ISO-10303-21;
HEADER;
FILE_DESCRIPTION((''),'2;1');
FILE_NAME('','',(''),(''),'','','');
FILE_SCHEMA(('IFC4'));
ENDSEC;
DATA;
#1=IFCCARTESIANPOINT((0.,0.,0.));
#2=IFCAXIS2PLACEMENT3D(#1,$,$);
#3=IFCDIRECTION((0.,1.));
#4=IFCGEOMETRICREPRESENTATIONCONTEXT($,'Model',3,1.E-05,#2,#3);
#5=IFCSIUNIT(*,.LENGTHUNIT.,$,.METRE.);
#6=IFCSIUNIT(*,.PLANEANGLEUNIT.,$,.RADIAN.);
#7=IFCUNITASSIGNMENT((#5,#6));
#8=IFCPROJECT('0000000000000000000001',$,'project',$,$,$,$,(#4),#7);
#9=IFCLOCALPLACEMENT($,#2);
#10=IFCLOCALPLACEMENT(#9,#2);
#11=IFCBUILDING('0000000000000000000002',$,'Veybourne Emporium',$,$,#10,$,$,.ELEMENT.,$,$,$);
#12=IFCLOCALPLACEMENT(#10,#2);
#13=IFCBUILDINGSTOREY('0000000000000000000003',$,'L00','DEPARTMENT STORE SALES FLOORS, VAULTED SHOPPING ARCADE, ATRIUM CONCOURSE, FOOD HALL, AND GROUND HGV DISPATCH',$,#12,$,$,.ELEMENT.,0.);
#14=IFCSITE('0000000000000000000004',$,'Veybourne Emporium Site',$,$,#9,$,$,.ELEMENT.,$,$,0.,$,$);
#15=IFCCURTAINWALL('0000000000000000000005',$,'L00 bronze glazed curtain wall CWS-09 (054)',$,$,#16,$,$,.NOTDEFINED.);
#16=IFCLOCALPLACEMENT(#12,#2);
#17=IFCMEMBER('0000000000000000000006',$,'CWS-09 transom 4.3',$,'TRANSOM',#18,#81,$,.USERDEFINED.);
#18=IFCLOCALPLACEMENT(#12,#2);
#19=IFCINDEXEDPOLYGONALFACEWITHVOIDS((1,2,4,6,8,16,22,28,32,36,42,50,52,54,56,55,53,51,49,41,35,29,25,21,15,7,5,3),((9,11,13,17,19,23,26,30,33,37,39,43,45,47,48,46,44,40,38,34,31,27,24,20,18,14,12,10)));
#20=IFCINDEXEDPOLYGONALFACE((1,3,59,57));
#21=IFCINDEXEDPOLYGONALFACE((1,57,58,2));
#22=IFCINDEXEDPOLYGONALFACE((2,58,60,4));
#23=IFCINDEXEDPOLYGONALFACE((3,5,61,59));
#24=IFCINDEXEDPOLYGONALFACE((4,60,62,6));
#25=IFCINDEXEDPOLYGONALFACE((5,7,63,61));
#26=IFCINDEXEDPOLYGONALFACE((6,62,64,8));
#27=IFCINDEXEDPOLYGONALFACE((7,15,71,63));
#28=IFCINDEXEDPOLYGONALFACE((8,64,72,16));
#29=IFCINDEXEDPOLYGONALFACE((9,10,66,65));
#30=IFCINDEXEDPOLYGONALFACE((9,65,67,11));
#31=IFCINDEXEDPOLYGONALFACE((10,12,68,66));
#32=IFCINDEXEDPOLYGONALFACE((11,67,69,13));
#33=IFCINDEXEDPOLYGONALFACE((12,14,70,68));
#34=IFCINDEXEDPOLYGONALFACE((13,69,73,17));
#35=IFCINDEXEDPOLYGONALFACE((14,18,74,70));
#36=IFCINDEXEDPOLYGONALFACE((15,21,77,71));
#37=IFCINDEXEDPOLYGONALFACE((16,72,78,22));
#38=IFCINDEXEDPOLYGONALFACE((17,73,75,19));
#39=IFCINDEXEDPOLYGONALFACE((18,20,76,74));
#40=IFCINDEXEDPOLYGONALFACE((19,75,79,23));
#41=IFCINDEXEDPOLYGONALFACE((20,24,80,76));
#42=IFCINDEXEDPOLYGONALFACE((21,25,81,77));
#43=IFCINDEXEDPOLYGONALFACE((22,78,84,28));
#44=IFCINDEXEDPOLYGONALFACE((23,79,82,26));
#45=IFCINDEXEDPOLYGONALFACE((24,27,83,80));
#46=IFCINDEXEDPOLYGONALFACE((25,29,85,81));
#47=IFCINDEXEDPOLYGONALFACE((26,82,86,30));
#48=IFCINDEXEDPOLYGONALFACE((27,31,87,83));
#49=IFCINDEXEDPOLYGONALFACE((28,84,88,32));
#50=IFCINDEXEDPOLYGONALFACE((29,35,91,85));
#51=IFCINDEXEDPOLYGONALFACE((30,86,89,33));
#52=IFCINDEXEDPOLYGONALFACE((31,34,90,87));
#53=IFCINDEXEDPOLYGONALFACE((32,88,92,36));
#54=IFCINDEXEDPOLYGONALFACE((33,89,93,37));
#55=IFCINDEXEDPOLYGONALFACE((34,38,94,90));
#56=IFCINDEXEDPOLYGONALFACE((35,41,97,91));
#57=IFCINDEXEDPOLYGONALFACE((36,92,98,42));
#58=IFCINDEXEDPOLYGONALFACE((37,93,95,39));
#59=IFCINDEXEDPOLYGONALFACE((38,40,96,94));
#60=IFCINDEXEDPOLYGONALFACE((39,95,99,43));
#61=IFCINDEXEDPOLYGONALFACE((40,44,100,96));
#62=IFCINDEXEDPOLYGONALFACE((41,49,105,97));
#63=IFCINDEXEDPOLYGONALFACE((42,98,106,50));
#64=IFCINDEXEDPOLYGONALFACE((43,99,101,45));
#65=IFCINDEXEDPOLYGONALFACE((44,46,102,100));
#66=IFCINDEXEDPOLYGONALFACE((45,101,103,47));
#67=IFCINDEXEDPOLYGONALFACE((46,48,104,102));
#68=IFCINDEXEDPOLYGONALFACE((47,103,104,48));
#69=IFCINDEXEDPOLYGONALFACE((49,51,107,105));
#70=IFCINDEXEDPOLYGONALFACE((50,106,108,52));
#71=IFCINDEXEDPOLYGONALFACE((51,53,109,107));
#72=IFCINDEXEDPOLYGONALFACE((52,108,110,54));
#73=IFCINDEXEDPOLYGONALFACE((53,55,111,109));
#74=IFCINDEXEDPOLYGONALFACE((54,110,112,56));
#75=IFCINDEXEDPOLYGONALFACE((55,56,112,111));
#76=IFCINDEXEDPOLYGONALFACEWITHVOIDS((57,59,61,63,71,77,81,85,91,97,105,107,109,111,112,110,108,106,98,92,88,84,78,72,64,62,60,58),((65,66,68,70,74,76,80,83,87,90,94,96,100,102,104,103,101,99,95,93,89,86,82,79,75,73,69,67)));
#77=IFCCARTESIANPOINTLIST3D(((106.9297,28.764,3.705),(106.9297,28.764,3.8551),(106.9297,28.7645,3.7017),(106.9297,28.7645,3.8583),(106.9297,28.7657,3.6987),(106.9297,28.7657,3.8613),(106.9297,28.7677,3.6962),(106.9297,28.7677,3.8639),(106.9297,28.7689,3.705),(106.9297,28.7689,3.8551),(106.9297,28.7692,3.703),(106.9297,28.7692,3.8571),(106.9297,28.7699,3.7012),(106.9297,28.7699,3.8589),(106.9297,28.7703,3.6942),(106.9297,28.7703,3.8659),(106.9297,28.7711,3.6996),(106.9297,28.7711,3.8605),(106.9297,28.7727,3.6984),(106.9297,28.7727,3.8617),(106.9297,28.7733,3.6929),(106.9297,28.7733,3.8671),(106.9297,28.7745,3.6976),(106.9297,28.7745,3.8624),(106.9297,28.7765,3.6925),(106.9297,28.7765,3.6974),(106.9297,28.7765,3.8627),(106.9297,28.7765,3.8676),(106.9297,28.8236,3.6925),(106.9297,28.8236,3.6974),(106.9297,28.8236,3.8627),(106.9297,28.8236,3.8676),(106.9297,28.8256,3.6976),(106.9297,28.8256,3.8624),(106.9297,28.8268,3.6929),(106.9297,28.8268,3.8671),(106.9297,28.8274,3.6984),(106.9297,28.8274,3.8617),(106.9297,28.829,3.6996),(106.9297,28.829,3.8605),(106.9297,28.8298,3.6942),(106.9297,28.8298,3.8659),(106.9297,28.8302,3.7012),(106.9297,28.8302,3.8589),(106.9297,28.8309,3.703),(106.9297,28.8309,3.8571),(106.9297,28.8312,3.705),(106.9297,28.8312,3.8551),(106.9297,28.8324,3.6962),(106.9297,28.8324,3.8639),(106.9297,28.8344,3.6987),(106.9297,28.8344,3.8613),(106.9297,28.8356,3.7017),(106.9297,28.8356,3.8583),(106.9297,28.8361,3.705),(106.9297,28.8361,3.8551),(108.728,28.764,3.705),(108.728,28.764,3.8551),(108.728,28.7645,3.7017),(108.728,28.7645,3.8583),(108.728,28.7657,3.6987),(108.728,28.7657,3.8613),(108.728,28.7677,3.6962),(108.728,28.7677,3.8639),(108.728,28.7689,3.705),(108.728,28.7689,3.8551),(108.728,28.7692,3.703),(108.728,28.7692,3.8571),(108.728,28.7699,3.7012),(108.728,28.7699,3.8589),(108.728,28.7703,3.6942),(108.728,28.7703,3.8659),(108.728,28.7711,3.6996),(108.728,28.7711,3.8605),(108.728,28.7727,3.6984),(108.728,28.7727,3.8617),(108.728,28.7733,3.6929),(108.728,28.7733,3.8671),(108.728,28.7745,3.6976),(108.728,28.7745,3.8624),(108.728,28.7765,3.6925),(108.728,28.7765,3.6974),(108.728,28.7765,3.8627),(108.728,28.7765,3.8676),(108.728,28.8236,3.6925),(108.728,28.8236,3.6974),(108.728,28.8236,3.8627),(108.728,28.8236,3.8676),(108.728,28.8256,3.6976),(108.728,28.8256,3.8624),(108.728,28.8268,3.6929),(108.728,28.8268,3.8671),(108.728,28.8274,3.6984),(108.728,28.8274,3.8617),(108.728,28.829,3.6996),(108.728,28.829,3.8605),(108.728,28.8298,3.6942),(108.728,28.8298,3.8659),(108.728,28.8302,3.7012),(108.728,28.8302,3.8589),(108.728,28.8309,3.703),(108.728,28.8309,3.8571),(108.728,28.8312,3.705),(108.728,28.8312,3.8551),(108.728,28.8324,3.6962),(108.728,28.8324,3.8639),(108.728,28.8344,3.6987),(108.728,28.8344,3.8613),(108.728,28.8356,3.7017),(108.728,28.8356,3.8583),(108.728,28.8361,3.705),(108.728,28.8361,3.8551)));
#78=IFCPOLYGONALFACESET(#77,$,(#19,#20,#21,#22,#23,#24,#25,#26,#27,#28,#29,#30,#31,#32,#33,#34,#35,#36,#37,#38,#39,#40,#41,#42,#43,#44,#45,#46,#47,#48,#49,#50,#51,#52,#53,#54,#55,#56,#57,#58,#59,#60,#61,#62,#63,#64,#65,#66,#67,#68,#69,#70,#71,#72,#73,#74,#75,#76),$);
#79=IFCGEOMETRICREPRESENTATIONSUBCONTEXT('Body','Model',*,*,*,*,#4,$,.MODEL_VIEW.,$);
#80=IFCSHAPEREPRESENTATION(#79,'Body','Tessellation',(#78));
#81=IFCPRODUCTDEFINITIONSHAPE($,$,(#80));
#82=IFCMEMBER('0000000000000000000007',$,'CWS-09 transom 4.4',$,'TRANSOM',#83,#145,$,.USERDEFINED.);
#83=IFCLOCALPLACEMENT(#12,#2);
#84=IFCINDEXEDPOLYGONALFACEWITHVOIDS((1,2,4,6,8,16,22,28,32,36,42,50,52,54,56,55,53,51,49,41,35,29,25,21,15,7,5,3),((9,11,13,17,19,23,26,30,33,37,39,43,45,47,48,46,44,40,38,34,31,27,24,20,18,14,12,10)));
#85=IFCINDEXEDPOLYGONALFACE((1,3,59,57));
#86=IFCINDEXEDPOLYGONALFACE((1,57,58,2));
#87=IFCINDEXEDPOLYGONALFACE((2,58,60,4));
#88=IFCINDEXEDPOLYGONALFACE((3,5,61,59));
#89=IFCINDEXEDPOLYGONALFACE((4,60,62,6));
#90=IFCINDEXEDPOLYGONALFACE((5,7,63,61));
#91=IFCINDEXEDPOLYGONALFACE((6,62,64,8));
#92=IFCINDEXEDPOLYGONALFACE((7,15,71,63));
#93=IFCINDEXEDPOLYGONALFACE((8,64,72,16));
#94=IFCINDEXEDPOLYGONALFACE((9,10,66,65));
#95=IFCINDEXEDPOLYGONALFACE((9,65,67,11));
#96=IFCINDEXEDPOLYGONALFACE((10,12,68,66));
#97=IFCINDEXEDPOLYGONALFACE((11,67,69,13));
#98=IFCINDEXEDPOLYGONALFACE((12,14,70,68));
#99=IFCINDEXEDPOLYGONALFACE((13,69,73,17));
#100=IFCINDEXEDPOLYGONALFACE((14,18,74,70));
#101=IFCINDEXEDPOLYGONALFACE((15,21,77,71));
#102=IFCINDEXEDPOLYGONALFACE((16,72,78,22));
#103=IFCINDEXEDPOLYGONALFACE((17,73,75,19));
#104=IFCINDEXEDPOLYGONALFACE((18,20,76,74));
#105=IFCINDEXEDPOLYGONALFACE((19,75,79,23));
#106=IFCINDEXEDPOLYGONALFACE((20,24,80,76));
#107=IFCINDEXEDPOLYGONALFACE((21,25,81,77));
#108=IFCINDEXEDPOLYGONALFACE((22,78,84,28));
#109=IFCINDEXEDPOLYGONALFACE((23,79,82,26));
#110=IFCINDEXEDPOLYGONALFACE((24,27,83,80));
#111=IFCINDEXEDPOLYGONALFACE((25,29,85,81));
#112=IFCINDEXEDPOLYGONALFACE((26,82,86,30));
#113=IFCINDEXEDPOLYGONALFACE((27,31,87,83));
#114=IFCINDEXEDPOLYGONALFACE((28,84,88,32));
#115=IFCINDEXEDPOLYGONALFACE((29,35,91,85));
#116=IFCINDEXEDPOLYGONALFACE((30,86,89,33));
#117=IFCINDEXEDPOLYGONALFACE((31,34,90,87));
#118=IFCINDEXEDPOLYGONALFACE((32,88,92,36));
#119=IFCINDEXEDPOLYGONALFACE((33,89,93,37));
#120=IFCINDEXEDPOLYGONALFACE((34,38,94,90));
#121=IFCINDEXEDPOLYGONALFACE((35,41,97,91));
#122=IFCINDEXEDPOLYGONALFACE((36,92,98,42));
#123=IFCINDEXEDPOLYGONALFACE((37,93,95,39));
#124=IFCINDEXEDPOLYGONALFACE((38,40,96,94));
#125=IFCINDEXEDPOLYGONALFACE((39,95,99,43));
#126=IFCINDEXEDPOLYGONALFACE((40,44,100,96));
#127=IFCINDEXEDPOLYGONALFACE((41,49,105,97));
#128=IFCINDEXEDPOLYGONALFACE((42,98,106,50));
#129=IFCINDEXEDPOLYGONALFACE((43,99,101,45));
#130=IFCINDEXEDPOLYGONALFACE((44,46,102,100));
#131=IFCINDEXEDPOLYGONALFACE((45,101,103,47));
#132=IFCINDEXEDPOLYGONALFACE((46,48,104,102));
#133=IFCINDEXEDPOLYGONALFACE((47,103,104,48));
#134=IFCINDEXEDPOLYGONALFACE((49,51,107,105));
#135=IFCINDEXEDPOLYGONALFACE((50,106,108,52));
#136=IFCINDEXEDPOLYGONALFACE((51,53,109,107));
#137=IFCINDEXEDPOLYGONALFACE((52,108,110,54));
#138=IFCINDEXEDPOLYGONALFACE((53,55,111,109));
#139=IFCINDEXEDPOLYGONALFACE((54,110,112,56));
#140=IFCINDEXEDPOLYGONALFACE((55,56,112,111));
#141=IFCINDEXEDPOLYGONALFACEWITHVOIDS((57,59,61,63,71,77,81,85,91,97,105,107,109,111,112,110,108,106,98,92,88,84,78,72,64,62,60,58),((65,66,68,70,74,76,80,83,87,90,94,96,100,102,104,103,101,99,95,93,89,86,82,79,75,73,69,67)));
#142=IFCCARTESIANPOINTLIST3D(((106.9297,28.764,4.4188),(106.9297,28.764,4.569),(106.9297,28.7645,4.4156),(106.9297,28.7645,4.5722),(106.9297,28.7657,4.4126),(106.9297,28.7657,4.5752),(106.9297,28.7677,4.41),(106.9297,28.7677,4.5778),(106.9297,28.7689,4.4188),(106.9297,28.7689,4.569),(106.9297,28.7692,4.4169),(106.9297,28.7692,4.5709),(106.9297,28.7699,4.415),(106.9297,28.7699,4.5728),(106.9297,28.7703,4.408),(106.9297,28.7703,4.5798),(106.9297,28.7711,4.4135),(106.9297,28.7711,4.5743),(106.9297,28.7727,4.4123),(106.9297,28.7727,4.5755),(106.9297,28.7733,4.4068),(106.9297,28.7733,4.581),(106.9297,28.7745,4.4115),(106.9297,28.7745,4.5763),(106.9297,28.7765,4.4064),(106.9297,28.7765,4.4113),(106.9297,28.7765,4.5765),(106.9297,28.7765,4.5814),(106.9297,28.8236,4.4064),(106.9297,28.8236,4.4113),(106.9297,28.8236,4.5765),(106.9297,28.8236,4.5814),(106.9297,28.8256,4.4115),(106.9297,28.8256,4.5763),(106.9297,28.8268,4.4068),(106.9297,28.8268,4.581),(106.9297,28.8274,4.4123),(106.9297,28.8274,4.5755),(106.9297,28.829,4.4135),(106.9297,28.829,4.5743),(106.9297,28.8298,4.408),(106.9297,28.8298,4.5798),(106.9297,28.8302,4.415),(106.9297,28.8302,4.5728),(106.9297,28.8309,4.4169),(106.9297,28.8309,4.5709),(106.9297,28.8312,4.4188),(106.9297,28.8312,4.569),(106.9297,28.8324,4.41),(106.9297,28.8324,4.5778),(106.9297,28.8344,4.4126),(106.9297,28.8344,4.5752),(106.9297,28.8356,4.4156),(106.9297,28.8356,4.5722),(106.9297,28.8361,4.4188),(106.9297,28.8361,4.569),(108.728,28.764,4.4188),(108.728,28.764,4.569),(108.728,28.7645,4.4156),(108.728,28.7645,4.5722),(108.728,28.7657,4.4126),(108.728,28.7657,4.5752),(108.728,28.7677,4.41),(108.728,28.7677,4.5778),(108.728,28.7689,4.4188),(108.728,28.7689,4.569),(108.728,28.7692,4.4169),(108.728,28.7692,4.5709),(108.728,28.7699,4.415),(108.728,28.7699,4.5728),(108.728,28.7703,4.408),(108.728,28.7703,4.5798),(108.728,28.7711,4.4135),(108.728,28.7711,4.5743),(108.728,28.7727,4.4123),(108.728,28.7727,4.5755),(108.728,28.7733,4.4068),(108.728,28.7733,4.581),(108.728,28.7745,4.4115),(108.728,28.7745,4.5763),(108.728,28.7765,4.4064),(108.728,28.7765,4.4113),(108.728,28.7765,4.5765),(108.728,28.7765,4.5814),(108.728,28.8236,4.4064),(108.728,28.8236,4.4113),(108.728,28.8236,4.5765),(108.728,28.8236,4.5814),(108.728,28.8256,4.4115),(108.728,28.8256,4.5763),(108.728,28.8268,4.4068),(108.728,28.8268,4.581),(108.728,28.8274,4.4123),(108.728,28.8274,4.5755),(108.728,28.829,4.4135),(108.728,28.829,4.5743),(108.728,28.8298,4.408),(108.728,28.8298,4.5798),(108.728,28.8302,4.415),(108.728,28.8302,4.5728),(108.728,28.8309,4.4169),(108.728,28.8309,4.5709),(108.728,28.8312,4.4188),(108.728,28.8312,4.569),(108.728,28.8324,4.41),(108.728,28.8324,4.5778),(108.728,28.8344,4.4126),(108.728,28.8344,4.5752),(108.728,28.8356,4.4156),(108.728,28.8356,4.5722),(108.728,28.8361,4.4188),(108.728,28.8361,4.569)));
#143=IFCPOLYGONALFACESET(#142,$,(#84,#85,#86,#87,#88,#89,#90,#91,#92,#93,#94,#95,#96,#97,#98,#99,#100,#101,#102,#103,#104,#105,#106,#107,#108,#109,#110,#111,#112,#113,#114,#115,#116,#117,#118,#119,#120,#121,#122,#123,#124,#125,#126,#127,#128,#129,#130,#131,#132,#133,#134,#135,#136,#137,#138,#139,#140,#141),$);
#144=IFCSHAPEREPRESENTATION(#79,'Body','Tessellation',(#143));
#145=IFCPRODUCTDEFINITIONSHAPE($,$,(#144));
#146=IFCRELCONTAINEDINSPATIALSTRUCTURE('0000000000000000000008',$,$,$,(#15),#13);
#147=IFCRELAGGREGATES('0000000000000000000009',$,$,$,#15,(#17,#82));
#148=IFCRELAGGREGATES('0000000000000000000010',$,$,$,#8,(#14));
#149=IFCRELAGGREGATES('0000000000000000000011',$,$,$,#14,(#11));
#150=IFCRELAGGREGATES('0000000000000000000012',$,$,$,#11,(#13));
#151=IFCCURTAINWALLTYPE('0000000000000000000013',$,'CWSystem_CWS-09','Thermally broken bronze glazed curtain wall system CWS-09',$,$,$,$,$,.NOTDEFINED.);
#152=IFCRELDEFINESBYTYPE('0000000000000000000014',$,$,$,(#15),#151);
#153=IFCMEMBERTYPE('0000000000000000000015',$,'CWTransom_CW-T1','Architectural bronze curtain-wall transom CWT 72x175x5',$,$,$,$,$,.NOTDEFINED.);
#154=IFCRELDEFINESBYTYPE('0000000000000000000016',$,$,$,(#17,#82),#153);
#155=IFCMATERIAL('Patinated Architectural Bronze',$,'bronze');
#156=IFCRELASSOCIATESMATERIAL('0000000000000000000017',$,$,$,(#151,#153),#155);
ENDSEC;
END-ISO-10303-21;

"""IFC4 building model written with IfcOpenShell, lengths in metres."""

from ifc_helpers import new_model, si_unit, direction, frame, origin, origin_2d, place, context, subcontext, project, spatial, hollow_rectangle, extrude, material, material_profile, profile_set, type_object, element, aggregate, save


model = new_model("IFC4")

# Units and contexts
model_context = context("Model", 3, precision=1e-05, world=origin(), true_north=direction((0.0, 1.0)))
body_context = subcontext(model_context, "Body", "Model", "MODEL_VIEW")
ifc_project = project(units=[si_unit("LENGTHUNIT", "METRE"), si_unit("PLANEANGLEUNIT", "RADIAN")], contexts=[model_context])

# Site, building, storey
site_placement = place(None, origin())
site = spatial("IfcSite", under=ifc_project, at=site_placement, Name="Veybourne Emporium Site", CompositionType="ELEMENT", RefElevation=0.0)
building_placement = place(site_placement, origin())
building = spatial("IfcBuilding", under=site, at=building_placement, Name="Veybourne Emporium", CompositionType="ELEMENT")
storey_placement = place(building_placement, origin())
storey = spatial("IfcBuildingStorey", under=building, at=storey_placement, Name="L00", Description="DEPARTMENT STORE SALES FLOORS, VAULTED SHOPPING ARCADE, ATRIUM CONCOURSE, FOOD HALL, AND GROUND HGV DISPATCH", CompositionType="ELEMENT", Elevation=0.0)

# Curtain wall
ifc_material_1 = material(Name="Patinated Architectural Bronze", Category="bronze")
curtain_wall_type_1 = type_object("IfcCurtainWallType", Name="CWSystem_CWS-09", Description="Thermally broken bronze glazed curtain wall system CWS-09", PredefinedType="NOTDEFINED", material=ifc_material_1)
curtain_wall_1_placement = place(storey_placement, origin())
curtain_wall_1 = element("IfcCurtainWall", 1, at=curtain_wall_1_placement, inside=storey, type_object=curtain_wall_type_1, Name="L00 bronze glazed curtain wall CWS-09 (054)", PredefinedType="NOTDEFINED")

# Members
ifc_material_profile_1 = material_profile(ifc_material_1, hollow_rectangle(XDim=0.072, YDim=0.175, WallThickness=0.0049, InnerFilletRadius=0.0076, OuterFilletRadius=0.0125, at=origin_2d()), Name="CWT 72x175x5")
ifc_profile_set_1 = profile_set([ifc_material_profile_1], Name="Patinated Architectural Bronze")
member_type_1 = type_object("IfcMemberType", Name="CWTransom_CW-T1", Description="Architectural bronze curtain-wall transom CWT 72x175x5", PredefinedType="NOTDEFINED", material=ifc_profile_set_1)
member_1_placement = place(storey_placement, frame((106.9297, 28.8, 3.78), z_axis=(1.0, 0.0, 0.0), x_axis=(0.0, 1.0, 0.0)))
member_1 = element("IfcMember", 2, at=member_1_placement, type_object=member_type_1, Name="CWS-09 transom 4.3", ObjectType="TRANSOM", PredefinedType="USERDEFINED", context=body_context, shape_type="SweptSolid", body=[
    extrude(hollow_rectangle(XDim=0.072, YDim=0.175, WallThickness=0.0049, InnerFilletRadius=0.0076, OuterFilletRadius=0.0125, at=origin_2d()), origin(), (0.0, 0.0, 1.0), 1.7983),
])
member_2_placement = place(storey_placement, frame((106.9297, 28.8, 4.4939), z_axis=(1.0, 0.0, 0.0), x_axis=(0.0, 1.0, 0.0)))
member_2 = element("IfcMember", 3, at=member_2_placement, type_object=member_type_1, Name="CWS-09 transom 4.4", ObjectType="TRANSOM", PredefinedType="USERDEFINED", context=body_context, shape_type="SweptSolid", body=[
    extrude(hollow_rectangle(XDim=0.072, YDim=0.175, WallThickness=0.0049, InnerFilletRadius=0.0076, OuterFilletRadius=0.0125, at=origin_2d()), origin(), (0.0, 0.0, 1.0), 1.7983),
])

aggregate(curtain_wall_1, [member_1, member_2])

save(model, "model.ifc")
